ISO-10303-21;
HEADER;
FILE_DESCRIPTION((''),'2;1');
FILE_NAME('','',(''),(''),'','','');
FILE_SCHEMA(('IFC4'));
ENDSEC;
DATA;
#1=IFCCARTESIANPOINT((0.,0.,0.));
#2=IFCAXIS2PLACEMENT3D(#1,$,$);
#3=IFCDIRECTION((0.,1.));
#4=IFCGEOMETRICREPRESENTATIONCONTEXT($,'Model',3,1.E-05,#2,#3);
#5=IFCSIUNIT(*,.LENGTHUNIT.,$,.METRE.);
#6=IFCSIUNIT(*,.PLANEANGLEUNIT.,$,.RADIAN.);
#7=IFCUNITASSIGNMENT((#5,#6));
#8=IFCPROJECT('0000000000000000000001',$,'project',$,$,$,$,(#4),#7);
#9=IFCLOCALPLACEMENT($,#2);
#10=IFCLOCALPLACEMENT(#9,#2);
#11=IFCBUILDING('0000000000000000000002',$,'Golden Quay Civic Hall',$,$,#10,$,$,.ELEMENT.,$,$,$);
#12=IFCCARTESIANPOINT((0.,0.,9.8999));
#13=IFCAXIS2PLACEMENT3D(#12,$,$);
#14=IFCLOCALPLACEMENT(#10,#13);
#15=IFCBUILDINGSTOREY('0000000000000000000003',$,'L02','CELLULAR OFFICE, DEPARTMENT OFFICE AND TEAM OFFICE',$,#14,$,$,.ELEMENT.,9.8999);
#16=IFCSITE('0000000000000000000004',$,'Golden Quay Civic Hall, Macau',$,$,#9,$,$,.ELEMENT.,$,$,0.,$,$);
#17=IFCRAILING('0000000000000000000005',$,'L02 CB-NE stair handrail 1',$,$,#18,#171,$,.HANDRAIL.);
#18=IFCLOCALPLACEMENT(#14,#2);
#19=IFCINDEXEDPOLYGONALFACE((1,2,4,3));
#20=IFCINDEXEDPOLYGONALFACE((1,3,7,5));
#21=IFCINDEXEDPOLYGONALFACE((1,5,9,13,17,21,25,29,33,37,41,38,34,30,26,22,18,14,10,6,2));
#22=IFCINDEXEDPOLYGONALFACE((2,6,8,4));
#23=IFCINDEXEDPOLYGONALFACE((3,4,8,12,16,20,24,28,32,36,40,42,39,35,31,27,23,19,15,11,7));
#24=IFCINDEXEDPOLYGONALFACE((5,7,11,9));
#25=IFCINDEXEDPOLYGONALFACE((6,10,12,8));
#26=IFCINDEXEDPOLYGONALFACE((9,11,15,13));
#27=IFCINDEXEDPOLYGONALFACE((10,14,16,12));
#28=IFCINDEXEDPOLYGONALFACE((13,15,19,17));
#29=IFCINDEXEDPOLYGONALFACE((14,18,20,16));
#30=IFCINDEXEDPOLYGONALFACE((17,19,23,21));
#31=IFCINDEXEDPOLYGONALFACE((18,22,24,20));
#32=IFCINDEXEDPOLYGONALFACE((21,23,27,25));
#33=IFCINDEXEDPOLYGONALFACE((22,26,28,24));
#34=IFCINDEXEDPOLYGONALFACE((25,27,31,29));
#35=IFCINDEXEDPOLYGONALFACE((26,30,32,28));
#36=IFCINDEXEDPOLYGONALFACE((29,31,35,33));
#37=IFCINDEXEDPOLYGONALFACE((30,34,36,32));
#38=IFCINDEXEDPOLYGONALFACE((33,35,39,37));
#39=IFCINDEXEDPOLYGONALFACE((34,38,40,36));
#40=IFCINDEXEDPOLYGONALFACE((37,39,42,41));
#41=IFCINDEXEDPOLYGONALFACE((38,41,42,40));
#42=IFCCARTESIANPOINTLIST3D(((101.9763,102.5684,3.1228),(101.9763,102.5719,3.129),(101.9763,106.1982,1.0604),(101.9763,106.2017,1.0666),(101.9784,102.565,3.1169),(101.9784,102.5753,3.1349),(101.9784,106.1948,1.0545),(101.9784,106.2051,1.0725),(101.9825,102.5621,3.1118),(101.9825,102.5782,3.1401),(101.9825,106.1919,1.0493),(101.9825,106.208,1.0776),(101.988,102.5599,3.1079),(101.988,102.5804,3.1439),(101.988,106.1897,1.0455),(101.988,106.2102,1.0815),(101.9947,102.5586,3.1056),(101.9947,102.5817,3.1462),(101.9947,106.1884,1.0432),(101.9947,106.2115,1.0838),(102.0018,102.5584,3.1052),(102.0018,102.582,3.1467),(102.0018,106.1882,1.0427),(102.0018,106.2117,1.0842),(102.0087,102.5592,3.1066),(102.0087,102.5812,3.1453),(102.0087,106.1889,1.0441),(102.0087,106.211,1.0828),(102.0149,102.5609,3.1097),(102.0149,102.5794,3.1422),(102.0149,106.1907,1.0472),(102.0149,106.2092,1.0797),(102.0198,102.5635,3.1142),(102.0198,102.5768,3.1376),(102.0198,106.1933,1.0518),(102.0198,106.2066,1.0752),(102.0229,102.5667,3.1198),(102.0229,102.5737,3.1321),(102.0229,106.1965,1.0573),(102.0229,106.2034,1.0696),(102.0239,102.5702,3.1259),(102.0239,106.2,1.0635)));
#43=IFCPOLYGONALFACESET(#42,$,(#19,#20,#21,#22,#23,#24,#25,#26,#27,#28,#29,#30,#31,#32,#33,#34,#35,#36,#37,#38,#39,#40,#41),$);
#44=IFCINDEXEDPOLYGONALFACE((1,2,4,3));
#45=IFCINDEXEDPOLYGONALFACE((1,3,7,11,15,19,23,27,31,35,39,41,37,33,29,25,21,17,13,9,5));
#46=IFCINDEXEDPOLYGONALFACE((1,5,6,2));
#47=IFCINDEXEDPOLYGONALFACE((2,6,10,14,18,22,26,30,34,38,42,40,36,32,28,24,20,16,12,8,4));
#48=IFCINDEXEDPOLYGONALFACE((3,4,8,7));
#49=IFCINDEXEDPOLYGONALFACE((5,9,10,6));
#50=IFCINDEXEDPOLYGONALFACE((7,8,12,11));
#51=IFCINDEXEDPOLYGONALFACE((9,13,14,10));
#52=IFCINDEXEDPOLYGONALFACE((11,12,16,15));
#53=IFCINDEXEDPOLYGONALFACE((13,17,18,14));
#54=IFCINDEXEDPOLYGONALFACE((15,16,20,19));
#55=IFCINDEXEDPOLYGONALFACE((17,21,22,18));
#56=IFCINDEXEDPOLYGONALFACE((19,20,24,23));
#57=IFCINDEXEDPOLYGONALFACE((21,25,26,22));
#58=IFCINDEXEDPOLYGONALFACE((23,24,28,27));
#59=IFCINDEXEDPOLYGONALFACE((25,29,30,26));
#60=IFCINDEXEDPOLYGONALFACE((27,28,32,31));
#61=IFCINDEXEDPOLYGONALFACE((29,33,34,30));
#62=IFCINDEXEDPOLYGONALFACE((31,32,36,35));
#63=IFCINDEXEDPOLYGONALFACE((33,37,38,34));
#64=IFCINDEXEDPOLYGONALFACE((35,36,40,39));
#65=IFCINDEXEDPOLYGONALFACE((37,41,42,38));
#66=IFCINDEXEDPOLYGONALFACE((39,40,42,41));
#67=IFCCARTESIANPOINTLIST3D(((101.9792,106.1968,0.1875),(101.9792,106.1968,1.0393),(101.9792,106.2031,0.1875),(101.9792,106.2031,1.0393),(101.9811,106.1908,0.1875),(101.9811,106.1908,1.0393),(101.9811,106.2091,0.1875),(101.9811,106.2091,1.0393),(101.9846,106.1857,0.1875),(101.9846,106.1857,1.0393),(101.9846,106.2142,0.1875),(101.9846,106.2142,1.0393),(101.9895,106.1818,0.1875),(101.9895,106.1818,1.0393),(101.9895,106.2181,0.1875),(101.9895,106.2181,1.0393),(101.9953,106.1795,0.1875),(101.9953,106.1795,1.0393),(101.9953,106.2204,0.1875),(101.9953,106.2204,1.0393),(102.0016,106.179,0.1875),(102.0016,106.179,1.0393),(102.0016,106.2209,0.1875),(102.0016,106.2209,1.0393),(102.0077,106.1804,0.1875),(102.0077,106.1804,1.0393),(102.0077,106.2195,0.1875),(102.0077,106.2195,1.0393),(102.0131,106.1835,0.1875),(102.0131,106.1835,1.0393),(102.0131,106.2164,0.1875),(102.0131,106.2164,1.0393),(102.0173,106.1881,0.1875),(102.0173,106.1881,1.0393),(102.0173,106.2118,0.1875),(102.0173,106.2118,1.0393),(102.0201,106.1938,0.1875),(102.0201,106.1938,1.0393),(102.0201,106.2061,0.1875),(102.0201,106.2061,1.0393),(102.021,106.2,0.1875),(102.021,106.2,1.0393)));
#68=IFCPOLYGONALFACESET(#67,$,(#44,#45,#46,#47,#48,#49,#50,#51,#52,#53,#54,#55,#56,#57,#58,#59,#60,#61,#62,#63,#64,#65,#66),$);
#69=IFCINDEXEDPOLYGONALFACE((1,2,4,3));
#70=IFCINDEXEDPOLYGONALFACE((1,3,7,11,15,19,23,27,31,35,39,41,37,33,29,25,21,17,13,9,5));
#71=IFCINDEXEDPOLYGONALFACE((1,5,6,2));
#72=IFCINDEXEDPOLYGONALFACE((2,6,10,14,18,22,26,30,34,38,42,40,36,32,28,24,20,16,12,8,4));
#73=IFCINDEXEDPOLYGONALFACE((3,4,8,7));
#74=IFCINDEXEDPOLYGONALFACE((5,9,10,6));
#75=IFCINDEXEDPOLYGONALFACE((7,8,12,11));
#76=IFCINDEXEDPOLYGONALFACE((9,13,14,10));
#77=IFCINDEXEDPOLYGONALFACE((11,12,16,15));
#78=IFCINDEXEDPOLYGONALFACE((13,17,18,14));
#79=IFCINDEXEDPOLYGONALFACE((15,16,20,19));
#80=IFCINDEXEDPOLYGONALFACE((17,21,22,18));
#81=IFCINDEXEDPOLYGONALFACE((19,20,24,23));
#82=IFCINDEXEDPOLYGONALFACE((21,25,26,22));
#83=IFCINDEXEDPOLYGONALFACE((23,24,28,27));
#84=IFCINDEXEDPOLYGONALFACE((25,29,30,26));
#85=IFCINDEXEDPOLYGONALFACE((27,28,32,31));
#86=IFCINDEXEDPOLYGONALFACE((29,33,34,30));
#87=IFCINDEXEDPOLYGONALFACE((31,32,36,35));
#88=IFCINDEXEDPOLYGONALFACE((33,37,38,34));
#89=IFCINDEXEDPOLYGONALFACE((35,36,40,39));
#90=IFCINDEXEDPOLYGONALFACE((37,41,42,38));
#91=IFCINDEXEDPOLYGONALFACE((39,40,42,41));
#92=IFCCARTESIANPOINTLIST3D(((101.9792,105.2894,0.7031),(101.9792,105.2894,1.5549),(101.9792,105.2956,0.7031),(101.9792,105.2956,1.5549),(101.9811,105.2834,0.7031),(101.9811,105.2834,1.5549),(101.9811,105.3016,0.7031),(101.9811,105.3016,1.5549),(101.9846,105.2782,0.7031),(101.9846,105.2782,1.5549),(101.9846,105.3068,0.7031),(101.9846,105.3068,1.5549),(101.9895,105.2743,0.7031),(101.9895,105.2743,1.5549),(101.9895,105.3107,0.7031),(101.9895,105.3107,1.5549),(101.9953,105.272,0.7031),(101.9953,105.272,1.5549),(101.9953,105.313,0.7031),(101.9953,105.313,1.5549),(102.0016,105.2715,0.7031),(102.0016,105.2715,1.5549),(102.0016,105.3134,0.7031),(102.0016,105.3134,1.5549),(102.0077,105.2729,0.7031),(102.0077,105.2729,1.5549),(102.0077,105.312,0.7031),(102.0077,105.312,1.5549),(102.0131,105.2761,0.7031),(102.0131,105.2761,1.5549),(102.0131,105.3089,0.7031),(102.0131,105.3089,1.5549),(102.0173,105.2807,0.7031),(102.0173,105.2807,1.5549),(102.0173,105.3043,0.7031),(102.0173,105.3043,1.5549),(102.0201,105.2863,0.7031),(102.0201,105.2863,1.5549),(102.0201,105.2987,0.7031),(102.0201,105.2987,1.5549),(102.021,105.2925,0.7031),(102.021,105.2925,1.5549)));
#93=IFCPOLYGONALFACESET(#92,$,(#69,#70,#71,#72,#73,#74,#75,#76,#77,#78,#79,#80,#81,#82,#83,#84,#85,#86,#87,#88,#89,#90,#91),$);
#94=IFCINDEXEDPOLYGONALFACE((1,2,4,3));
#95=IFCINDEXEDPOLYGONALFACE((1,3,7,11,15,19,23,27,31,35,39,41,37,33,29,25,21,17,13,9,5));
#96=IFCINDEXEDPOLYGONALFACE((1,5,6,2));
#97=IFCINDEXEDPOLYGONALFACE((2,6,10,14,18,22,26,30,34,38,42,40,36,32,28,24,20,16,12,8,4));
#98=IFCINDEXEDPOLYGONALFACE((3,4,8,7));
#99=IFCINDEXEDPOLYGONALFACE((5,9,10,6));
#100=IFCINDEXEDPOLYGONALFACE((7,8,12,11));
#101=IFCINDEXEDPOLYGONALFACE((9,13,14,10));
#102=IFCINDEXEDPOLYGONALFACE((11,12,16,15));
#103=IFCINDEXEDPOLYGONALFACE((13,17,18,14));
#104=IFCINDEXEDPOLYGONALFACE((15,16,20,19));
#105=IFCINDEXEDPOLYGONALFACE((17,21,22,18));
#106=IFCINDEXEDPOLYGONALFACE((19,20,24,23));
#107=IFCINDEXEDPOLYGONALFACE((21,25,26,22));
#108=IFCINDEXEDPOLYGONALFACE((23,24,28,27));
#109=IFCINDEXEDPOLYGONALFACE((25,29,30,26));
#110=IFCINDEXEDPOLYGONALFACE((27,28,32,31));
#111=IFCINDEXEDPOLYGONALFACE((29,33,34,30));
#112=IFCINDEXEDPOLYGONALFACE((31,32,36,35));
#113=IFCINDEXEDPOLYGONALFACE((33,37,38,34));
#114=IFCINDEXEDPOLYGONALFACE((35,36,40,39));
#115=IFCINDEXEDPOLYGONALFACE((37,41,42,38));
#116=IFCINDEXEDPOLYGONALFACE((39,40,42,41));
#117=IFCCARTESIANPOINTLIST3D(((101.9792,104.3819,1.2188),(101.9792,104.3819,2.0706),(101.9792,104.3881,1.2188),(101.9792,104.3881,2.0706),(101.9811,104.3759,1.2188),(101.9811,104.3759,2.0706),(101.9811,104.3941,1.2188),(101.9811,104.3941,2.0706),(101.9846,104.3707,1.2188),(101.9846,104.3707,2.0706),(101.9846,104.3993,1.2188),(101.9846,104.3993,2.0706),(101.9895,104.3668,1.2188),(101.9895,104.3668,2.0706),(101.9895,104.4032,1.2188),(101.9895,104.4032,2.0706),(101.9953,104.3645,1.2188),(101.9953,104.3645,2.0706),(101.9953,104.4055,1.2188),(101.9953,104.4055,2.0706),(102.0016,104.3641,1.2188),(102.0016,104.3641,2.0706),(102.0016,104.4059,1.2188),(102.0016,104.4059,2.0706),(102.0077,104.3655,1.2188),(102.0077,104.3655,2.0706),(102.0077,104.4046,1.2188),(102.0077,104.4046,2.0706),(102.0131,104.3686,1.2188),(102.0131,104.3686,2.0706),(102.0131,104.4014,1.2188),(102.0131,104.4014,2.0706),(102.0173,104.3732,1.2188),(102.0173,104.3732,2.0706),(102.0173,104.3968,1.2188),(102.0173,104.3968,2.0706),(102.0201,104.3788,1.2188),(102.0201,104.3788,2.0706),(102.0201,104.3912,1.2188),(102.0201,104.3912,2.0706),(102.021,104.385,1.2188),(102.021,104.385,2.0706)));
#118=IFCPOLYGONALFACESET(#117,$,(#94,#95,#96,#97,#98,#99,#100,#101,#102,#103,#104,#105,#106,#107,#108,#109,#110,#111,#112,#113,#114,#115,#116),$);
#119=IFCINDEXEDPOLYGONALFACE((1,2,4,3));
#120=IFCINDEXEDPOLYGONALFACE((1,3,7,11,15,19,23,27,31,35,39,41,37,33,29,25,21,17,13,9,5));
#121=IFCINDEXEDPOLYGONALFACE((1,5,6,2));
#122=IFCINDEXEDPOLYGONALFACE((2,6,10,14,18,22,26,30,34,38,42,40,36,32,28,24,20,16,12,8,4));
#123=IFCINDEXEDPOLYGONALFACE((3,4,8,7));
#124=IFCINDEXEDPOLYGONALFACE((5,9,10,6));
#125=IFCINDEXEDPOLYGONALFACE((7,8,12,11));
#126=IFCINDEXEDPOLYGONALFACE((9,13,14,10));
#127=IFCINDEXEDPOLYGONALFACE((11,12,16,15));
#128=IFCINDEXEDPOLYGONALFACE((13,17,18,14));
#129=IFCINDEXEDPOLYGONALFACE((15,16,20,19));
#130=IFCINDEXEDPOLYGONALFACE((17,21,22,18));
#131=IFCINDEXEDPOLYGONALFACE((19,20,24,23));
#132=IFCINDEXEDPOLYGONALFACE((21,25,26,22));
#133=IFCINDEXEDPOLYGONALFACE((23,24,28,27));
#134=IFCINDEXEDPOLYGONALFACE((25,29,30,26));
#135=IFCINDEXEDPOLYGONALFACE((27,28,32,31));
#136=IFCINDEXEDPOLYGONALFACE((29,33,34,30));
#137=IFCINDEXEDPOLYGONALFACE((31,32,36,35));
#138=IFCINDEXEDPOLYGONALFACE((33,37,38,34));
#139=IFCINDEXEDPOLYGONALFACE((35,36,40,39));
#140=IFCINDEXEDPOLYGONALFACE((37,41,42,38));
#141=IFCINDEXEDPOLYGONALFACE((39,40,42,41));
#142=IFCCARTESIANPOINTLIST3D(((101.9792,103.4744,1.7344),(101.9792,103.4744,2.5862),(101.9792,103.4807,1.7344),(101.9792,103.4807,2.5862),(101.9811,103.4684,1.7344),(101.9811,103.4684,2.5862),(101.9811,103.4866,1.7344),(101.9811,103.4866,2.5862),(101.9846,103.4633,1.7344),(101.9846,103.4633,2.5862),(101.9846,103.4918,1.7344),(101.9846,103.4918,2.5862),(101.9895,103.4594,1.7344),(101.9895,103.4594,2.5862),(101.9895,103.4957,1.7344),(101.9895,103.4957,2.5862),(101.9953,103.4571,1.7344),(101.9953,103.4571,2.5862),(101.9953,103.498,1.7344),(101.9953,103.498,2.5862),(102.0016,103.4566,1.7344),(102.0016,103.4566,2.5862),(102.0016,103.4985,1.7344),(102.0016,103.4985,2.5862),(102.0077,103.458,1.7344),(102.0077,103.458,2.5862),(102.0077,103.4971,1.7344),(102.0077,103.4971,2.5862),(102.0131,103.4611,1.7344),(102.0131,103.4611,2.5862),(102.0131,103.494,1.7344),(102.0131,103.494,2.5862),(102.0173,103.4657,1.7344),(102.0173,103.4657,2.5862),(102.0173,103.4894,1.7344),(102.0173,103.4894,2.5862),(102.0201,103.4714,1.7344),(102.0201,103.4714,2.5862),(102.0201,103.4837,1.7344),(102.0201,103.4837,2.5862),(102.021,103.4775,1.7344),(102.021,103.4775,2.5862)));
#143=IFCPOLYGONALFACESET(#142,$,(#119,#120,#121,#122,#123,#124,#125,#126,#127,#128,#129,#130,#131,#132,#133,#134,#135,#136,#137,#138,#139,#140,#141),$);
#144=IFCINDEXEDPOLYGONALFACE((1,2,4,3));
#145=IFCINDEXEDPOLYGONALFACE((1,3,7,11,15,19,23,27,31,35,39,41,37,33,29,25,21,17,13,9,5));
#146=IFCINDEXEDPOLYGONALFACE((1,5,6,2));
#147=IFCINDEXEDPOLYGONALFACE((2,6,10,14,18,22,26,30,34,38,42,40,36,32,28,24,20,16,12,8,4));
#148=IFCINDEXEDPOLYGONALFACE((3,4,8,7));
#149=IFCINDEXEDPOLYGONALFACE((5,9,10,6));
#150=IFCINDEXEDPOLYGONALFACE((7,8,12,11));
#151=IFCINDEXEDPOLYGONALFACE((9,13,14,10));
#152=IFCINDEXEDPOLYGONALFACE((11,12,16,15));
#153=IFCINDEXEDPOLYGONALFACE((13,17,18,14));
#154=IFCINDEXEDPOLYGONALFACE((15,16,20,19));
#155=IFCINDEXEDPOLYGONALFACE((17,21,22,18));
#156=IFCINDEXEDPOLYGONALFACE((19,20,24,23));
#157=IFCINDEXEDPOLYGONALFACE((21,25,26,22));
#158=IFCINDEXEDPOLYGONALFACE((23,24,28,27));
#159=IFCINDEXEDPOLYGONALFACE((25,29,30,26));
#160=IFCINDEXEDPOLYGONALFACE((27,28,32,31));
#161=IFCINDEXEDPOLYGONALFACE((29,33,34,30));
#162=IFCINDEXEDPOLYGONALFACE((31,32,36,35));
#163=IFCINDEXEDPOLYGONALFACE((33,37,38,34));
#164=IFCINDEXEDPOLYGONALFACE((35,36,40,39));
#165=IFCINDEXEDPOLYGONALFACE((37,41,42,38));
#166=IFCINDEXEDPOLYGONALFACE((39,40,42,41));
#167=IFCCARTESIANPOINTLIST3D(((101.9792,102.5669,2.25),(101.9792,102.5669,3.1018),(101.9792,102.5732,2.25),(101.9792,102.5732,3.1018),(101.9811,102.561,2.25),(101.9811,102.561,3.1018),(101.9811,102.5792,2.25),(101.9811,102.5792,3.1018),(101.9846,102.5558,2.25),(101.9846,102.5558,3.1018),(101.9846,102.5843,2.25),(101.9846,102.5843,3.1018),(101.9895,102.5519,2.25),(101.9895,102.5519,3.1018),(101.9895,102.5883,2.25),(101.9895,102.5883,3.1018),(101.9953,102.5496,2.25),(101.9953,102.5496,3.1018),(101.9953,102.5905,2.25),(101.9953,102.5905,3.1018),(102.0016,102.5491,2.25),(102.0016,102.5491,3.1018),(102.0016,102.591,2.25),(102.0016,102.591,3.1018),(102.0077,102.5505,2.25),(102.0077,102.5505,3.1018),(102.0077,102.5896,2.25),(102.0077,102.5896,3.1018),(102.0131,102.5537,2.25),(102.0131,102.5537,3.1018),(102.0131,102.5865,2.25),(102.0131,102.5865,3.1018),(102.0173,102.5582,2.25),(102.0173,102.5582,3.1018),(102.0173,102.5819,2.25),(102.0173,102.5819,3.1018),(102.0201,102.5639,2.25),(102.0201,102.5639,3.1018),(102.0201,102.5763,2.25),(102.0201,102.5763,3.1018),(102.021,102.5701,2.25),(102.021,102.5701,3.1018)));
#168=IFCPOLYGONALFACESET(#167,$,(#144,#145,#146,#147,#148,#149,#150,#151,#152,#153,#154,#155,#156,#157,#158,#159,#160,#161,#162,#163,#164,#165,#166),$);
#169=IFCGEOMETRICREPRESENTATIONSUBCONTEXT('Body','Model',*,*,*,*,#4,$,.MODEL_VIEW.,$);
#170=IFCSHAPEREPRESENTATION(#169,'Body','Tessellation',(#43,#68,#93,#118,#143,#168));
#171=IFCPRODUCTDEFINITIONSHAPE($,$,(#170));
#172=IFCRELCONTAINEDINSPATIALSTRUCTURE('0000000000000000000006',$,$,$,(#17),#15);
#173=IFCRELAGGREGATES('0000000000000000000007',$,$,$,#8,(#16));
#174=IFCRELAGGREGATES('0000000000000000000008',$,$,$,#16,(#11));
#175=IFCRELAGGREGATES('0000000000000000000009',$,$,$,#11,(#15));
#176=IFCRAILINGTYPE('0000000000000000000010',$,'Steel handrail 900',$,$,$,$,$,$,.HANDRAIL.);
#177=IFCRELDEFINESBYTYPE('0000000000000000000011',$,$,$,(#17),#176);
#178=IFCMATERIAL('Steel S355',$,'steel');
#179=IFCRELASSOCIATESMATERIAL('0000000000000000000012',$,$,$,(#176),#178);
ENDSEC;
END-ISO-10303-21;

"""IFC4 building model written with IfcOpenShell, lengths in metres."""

from ifc_helpers import new_model, si_unit, direction, frame, origin, origin_2d, place, context, subcontext, project, spatial, circle, extrude, material, type_object, element, save


model = new_model("IFC4")

# Units and contexts
model_context = context("Model", 3, precision=1e-05, world=origin(), true_north=direction((0.0, 1.0)))
body_context = subcontext(model_context, "Body", "Model", "MODEL_VIEW")
ifc_project = project(units=[si_unit("LENGTHUNIT", "METRE"), si_unit("PLANEANGLEUNIT", "RADIAN")], contexts=[model_context])

# Site, building, storey
site_placement = place(None, origin())
site = spatial("IfcSite", under=ifc_project, at=site_placement, Name="Golden Quay Civic Hall, Macau", CompositionType="ELEMENT", RefElevation=0.0)
building_placement = place(site_placement, origin())
building = spatial("IfcBuilding", under=site, at=building_placement, Name="Golden Quay Civic Hall", CompositionType="ELEMENT")
storey_placement = place(building_placement, frame((0.0, 0.0, 9.8999)))
storey = spatial("IfcBuildingStorey", under=building, at=storey_placement, Name="L02", Description="CELLULAR OFFICE, DEPARTMENT OFFICE AND TEAM OFFICE", CompositionType="ELEMENT", Elevation=9.8999)

# Railing
ifc_material_1 = material(Name="Steel S355", Category="steel")
railing_type_1 = type_object("IfcRailingType", Name="Steel handrail 900", PredefinedType="HANDRAIL", material=ifc_material_1)
railing_1_placement = place(storey_placement, frame((102.0, 106.2, 0.1875)))
element("IfcRailing", 1, at=railing_1_placement, inside=storey, type_object=railing_type_1, Name="L02 CB-NE stair handrail 1", PredefinedType="HANDRAIL", context=body_context, shape_type="SweptSolid", body=[
    extrude(circle(Radius=0.0239, at=origin_2d()), frame((0.0, 0.0, 0.876), z_axis=(0.0, -0.86945, 0.494021), x_axis=(1.0, 0.0, 0.0)), (0.0, 0.0, 1.0), 4.1748),
    extrude(circle(Radius=0.021, at=origin_2d()), origin(), (0.0, 0.0, 1.0), 0.8518),
    extrude(circle(Radius=0.021, at=origin_2d()), frame((0.0, -0.9075, 0.5156)), (0.0, 0.0, 1.0), 0.8518),
    extrude(circle(Radius=0.021, at=origin_2d()), frame((0.0, -1.8149, 1.0312)), (0.0, 0.0, 1.0), 0.8518),
    extrude(circle(Radius=0.021, at=origin_2d()), frame((0.0, -2.7224, 1.5469)), (0.0, 0.0, 1.0), 0.8518),
    extrude(circle(Radius=0.021, at=origin_2d()), frame((0.0, -3.6299, 2.0625)), (0.0, 0.0, 1.0), 0.8518),
])

save(model, "model.ifc")
